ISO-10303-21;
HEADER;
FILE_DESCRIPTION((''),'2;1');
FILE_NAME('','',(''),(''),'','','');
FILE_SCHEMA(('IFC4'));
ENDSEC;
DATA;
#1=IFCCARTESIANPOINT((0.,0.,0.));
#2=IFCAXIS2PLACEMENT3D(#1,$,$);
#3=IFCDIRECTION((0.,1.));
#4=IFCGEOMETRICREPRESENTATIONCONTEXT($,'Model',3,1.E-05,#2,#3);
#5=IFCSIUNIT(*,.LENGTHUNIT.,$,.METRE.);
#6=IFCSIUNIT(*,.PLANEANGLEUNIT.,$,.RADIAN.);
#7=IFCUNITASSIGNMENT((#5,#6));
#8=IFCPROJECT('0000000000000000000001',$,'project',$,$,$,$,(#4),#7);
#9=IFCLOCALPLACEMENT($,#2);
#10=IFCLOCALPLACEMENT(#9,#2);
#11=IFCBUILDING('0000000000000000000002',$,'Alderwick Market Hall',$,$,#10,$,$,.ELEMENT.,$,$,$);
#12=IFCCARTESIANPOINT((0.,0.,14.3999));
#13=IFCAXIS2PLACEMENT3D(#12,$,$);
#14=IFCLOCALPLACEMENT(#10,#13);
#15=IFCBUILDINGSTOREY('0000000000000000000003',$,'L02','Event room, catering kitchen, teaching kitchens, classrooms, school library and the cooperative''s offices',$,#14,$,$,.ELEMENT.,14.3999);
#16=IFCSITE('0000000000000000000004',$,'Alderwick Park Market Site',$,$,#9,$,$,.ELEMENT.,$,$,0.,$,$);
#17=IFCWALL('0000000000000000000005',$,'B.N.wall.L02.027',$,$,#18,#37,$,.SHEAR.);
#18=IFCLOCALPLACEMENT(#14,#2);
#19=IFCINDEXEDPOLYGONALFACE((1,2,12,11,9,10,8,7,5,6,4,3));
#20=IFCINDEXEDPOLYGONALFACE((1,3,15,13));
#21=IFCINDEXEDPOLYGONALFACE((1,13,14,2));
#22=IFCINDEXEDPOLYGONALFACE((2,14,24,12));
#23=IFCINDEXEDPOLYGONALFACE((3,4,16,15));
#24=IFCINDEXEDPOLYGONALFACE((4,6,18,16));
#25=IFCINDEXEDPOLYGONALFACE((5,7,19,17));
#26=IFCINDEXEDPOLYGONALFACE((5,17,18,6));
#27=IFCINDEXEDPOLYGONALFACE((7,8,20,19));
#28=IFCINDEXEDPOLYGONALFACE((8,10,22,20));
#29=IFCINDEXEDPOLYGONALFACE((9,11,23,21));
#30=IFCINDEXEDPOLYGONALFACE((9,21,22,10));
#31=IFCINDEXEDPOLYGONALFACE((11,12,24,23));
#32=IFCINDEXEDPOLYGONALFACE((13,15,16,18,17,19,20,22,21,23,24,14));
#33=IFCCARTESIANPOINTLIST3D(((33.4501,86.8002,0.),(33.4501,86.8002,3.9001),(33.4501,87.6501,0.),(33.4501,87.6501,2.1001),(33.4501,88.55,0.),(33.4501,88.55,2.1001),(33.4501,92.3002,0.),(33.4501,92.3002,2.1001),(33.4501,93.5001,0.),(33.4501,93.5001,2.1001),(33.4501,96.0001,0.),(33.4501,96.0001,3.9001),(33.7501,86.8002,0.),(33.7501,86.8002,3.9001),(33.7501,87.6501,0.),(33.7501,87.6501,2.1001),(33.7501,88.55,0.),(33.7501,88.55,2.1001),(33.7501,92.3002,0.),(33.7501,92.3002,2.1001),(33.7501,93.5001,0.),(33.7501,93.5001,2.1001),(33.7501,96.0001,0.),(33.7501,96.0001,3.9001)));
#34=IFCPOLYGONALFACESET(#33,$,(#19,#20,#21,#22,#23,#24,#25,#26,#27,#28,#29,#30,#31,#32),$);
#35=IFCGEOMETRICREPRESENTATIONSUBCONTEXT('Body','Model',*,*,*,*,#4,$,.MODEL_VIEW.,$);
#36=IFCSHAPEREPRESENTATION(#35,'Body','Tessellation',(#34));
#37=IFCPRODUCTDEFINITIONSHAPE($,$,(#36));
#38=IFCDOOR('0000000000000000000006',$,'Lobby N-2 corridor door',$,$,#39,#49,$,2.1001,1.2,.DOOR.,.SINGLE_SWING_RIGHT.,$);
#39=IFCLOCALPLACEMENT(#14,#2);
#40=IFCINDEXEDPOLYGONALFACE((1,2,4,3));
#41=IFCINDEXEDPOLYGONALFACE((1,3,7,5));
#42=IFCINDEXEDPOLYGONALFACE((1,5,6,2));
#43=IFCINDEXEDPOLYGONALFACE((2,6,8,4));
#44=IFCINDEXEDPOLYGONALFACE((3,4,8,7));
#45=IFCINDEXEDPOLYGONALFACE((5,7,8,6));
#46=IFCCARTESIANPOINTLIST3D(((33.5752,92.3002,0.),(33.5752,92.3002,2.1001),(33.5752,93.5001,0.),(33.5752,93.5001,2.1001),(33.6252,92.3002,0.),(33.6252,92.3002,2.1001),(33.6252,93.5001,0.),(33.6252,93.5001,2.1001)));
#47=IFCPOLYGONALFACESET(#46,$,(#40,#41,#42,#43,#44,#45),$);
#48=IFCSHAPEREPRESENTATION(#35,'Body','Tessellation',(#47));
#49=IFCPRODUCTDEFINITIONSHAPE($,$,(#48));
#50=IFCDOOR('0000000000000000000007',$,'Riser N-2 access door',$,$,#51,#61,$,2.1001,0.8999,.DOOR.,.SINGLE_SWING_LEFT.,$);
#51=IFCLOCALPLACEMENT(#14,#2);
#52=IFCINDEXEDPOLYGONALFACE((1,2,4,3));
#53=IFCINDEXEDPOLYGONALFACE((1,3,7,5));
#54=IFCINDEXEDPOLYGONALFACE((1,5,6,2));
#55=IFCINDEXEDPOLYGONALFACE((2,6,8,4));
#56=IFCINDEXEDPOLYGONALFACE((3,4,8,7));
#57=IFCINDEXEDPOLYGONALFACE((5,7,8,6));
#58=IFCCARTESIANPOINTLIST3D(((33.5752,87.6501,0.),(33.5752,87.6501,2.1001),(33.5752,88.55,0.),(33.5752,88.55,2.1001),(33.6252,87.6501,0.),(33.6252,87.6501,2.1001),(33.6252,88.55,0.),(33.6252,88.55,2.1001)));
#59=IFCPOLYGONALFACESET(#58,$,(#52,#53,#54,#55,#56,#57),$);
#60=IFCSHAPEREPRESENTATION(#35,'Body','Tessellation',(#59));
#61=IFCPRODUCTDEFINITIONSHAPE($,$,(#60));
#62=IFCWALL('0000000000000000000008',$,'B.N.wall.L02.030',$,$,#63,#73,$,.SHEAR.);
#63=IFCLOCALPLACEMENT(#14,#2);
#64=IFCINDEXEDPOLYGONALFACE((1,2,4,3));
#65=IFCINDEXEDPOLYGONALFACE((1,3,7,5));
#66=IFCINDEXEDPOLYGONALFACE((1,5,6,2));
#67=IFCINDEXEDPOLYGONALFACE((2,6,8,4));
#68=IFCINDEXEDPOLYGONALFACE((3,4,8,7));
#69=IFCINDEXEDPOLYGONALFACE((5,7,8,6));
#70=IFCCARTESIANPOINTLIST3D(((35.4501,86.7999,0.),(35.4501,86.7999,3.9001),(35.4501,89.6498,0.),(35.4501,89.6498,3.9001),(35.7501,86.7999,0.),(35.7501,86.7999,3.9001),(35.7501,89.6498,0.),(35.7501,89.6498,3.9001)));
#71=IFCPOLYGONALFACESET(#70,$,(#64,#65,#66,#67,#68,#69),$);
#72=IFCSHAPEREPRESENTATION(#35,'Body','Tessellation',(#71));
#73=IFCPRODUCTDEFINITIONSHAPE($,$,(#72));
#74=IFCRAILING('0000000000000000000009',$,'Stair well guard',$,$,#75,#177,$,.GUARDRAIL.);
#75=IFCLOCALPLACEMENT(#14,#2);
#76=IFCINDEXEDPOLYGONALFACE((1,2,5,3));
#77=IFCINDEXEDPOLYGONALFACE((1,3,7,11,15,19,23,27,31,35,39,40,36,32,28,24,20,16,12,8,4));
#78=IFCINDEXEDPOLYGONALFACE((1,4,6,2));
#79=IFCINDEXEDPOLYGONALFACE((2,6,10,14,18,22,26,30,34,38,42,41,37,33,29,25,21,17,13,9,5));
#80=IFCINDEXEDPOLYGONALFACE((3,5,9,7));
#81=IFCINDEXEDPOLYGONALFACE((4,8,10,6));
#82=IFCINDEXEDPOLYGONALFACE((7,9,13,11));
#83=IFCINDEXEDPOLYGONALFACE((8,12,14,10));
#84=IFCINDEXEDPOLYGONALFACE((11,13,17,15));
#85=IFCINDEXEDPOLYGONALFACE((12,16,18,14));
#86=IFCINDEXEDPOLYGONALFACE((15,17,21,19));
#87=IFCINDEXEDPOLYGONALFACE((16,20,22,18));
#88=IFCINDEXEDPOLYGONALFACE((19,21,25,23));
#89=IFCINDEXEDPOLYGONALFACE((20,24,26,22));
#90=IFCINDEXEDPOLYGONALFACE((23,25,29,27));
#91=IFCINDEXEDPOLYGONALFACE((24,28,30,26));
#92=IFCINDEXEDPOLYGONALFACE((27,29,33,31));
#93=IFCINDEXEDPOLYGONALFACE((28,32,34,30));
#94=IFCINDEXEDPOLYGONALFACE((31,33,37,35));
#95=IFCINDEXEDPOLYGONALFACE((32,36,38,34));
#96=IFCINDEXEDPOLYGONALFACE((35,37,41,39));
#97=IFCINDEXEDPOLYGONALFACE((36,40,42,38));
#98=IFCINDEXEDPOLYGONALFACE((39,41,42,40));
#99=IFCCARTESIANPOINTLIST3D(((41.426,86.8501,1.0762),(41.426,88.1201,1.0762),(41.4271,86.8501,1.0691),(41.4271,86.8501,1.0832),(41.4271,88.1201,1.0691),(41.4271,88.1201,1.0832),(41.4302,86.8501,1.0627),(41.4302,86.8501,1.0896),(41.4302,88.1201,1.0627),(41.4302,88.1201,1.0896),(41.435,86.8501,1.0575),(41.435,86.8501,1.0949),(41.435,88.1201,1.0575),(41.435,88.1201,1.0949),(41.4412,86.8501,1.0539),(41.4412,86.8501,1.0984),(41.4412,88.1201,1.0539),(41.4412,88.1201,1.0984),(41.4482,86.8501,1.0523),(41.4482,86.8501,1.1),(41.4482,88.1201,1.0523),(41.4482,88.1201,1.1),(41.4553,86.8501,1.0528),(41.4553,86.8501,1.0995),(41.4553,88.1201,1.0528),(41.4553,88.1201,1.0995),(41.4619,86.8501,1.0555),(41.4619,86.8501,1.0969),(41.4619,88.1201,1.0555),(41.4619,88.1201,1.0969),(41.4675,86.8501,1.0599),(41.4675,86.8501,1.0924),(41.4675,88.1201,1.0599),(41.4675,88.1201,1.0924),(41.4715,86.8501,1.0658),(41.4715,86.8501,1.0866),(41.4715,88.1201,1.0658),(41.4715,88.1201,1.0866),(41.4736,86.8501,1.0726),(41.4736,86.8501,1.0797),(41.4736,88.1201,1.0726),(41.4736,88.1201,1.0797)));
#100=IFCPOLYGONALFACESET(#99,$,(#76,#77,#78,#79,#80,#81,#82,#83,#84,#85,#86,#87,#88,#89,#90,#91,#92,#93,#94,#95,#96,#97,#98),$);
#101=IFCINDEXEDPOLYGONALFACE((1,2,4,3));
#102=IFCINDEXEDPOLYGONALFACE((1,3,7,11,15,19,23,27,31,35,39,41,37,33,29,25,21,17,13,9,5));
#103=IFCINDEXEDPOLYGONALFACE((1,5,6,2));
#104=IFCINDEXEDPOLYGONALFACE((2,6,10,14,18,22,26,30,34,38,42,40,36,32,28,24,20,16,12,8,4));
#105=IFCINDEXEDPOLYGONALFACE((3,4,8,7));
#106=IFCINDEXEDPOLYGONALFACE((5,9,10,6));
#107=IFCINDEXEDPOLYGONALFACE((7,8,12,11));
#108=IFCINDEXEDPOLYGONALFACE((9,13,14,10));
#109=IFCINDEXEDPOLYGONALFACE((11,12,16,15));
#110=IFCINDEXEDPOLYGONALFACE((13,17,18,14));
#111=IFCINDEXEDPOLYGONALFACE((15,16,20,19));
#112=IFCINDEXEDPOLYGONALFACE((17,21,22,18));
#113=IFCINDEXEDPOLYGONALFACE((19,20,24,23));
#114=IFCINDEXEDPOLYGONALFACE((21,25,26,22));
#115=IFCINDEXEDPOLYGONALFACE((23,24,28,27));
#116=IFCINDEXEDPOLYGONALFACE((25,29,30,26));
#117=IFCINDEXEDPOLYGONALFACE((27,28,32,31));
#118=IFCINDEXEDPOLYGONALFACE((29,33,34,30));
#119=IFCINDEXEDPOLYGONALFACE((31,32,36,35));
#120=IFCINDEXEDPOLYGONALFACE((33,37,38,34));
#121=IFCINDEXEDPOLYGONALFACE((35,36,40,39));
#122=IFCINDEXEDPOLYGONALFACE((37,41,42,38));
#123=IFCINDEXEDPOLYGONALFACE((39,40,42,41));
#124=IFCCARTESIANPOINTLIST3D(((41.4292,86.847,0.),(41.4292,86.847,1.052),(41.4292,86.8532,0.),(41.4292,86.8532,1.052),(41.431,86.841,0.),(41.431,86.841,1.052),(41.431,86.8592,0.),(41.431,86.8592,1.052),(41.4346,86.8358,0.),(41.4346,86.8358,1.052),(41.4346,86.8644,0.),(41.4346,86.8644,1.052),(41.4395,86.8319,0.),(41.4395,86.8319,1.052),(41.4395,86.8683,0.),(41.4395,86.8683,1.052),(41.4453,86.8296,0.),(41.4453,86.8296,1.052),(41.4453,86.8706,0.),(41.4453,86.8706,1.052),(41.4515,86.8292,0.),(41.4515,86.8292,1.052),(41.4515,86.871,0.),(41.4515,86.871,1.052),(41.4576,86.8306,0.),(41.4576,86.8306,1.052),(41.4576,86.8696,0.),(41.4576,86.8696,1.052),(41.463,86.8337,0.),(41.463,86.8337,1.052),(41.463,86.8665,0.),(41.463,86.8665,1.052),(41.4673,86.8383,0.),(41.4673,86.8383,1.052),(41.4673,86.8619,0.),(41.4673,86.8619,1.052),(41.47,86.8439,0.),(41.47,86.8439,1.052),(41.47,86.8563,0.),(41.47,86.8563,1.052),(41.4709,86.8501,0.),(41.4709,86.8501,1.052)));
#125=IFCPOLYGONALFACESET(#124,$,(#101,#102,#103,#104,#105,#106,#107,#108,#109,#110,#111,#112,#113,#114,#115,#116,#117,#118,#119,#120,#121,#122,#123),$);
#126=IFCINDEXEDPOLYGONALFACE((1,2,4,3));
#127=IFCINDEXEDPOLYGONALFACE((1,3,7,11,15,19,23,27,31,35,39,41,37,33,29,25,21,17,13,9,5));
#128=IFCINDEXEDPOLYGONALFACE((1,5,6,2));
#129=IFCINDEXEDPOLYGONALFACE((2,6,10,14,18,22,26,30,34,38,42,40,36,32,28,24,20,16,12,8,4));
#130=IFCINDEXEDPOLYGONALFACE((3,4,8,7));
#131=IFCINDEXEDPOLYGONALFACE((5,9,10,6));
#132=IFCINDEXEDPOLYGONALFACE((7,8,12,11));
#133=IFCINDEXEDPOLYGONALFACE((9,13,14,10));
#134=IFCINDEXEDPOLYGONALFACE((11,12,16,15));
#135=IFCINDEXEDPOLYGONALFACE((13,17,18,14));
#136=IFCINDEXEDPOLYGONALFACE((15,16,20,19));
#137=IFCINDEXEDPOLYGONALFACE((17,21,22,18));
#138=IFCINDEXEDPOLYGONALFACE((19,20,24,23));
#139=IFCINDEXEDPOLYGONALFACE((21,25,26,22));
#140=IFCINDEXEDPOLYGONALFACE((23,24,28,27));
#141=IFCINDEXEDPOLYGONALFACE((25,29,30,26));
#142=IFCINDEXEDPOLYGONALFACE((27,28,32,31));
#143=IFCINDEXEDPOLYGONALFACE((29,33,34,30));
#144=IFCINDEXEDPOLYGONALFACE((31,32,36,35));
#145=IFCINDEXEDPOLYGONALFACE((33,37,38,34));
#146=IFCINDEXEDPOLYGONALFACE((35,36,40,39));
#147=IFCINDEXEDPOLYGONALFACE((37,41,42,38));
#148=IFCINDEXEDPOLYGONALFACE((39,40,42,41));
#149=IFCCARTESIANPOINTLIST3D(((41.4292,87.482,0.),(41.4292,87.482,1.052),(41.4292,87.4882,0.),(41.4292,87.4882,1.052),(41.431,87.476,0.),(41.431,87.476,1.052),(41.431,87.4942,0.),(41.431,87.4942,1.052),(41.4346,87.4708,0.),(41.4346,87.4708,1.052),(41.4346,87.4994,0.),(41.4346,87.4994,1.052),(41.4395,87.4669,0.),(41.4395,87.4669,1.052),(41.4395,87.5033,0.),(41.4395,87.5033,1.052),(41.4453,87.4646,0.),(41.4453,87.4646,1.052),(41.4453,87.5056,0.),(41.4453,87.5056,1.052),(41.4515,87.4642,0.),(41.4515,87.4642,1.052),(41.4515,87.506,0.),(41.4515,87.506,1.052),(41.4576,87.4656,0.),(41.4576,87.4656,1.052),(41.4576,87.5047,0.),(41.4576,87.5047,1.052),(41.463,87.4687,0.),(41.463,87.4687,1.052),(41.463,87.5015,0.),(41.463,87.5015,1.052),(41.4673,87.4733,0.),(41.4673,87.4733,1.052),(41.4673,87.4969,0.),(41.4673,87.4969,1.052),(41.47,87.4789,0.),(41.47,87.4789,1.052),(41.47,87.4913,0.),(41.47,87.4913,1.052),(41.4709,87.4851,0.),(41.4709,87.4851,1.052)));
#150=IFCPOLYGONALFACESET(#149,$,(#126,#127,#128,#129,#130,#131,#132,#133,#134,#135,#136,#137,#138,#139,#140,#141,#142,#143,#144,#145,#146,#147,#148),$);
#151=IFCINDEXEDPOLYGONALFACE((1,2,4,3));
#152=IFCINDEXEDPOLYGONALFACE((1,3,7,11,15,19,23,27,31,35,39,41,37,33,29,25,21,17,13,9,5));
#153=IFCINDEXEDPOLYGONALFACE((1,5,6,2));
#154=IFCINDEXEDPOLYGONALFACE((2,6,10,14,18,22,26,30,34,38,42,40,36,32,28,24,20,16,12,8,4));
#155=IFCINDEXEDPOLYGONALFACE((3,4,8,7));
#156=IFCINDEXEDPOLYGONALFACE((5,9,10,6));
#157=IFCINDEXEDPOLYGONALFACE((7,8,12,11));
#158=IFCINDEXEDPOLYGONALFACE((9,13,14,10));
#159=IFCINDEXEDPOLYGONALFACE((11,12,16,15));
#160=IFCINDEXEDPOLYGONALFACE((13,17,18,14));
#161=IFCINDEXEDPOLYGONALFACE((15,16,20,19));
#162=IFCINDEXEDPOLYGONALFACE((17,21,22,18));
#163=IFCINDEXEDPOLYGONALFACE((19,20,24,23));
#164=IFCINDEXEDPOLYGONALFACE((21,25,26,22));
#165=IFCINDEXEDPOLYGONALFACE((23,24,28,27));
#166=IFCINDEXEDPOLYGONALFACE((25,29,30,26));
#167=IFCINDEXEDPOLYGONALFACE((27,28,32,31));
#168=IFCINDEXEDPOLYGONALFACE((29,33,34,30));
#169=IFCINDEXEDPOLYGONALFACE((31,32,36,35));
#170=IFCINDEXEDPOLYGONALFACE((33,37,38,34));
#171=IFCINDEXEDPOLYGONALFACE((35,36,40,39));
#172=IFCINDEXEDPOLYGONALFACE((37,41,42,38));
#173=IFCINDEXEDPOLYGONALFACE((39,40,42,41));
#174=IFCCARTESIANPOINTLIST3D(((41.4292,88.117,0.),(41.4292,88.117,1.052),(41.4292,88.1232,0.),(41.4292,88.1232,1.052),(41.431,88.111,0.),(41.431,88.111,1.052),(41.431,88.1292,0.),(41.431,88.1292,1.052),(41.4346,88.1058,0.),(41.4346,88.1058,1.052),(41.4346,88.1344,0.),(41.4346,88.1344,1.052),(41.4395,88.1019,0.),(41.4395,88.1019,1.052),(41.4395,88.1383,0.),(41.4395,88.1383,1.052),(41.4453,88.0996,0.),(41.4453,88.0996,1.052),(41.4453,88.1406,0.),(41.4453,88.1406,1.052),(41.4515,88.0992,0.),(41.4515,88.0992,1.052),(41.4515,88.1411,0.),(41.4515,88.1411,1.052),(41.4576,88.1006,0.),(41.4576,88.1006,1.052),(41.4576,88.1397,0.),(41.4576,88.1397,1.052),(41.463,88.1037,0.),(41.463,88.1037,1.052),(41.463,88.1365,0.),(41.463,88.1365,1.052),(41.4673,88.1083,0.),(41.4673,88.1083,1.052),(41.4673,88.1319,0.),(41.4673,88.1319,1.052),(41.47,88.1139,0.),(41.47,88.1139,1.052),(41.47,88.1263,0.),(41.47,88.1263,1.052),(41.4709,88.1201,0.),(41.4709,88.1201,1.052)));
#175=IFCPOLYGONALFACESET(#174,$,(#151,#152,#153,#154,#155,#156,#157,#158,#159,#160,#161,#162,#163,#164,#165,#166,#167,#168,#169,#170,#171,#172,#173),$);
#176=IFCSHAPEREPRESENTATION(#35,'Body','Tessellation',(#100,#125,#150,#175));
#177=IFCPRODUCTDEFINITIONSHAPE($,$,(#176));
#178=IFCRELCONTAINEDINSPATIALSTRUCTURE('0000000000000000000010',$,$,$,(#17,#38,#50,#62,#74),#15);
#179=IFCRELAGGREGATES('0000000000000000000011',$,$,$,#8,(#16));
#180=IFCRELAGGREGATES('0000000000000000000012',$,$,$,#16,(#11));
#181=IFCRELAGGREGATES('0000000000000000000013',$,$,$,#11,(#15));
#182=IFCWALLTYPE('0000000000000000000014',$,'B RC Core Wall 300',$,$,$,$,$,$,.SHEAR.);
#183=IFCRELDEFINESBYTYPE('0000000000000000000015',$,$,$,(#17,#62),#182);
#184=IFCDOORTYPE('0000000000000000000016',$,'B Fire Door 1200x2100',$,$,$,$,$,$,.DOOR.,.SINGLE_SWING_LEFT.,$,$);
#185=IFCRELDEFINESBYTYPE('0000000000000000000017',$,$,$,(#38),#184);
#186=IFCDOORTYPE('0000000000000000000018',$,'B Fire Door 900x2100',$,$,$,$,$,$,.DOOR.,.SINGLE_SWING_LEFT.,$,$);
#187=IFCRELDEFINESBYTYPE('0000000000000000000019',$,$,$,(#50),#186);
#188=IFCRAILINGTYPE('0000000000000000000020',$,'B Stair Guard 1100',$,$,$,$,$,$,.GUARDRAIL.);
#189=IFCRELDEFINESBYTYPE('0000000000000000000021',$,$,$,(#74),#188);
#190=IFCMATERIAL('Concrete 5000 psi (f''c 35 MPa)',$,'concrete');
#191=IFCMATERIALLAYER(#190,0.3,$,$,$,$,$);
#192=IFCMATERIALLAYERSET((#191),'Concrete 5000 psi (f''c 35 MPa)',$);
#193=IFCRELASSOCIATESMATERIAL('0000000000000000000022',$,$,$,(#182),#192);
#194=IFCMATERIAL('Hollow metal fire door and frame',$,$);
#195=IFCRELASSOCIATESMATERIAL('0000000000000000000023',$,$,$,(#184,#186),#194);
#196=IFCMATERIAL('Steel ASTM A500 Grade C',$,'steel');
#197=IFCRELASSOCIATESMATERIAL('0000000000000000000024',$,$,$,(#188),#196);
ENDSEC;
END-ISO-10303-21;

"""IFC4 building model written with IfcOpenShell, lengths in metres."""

from ifc_helpers import new_model, si_unit, direction, frame, frame_2d, origin, origin_2d, place, context, subcontext, project, spatial, rectangle, circle, extrude, material, layer, layer_set, type_object, element, fill, save


model = new_model("IFC4")

# Units and contexts
model_context = context("Model", 3, precision=1e-05, world=origin(), true_north=direction((0.0, 1.0)))
body_context = subcontext(model_context, "Body", "Model", "MODEL_VIEW")
ifc_project = project(units=[si_unit("LENGTHUNIT", "METRE"), si_unit("PLANEANGLEUNIT", "RADIAN")], contexts=[model_context])

# Site, building, storey
site_placement = place(None, origin())
site = spatial("IfcSite", under=ifc_project, at=site_placement, Name="Alderwick Park Market Site", CompositionType="ELEMENT", RefElevation=0.0)
building_placement = place(site_placement, origin())
building = spatial("IfcBuilding", under=site, at=building_placement, Name="Alderwick Market Hall", CompositionType="ELEMENT")
storey_placement = place(building_placement, frame((0.0, 0.0, 14.3999)))
storey = spatial("IfcBuildingStorey", under=building, at=storey_placement, Name="L02", Description="Event room, catering kitchen, teaching kitchens, classrooms, school library and the cooperative's offices", CompositionType="ELEMENT", Elevation=14.3999)

# Shared definitions
ifc_material_1 = material(Name="Concrete 5000 psi (f'c 35 MPa)", Category="concrete")

# Wall, openings, doors
ifc_layer_1 = layer(ifc_material_1, 0.3)
ifc_layer_set_1 = layer_set([ifc_layer_1], Name="Concrete 5000 psi (f'c 35 MPa)")
wall_type_1 = type_object("IfcWallType", Name="B RC Core Wall 300", PredefinedType="SHEAR", material=ifc_layer_set_1)
wall_1_placement = place(storey_placement, frame((33.6001, 86.8, 0.0), z_axis=(0.0, 0.0, 1.0), x_axis=(0.0, 1.0, 0.0)))
wall_1 = element("IfcWall", 1, at=wall_1_placement, inside=storey, type_object=wall_type_1, Name="B.N.wall.L02.027", PredefinedType="SHEAR", context=body_context, shape_type="SweptSolid", body=[
    extrude(rectangle(XDim=9.2, YDim=0.3, at=frame_2d((4.6001, 0.0))), origin(), (0.0, 0.0, 1.0), 3.9001),
])
opening_1_placement = place(wall_1_placement, frame((5.5, 0.0, 0.0)))
opening_1 = element("IfcOpeningElement", 2, at=opening_1_placement, cuts=wall_1, PredefinedType="OPENING", context=body_context, shape_type="SweptSolid", body=[
    extrude(rectangle(XDim=1.2, YDim=2.1001, at=frame_2d((0.6001, 1.05))), frame((0.0, 0.1599, 0.0), z_axis=(0.0, -1.0, 0.0), x_axis=(1.0, 0.0, 0.0)), (0.0, 0.0, 1.0), 0.3201),
])
opening_2_placement = place(wall_1_placement, frame((0.8501, 0.0, 0.0)))
opening_2 = element("IfcOpeningElement", 3, at=opening_2_placement, cuts=wall_1, PredefinedType="OPENING", context=body_context, shape_type="SweptSolid", body=[
    extrude(rectangle(XDim=0.8999, YDim=2.1001, at=frame_2d((0.45, 1.05))), frame((0.0, 0.1599, 0.0), z_axis=(0.0, -1.0, 0.0), x_axis=(1.0, 0.0, 0.0)), (0.0, 0.0, 1.0), 0.3201),
])
ifc_material_2 = material(Name="Hollow metal fire door and frame")
door_type_1 = type_object("IfcDoorType", Name="B Fire Door 1200x2100", OperationType="SINGLE_SWING_LEFT", PredefinedType="DOOR", material=ifc_material_2)
door_1_placement = place(opening_1_placement, origin())
door_1 = element("IfcDoor", 4, at=door_1_placement, inside=storey, type_object=door_type_1, Name="Lobby N-2 corridor door", OperationType="SINGLE_SWING_RIGHT", OverallHeight=2.1001, OverallWidth=1.2, PredefinedType="DOOR", context=body_context, shape_type="SweptSolid", body=[
    extrude(rectangle(XDim=1.2, YDim=2.1001, at=frame_2d((0.6001, 1.05))), frame((0.0, 0.0249, 0.0), z_axis=(0.0, -1.0, 0.0), x_axis=(1.0, 0.0, 0.0)), (0.0, 0.0, 1.0), 0.05),
])
fill(opening_1, door_1)
door_type_2 = type_object("IfcDoorType", Name="B Fire Door 900x2100", OperationType="SINGLE_SWING_LEFT", PredefinedType="DOOR", material=ifc_material_2)
door_2_placement = place(opening_2_placement, origin())
door_2 = element("IfcDoor", 5, at=door_2_placement, inside=storey, type_object=door_type_2, Name="Riser N-2 access door", OperationType="SINGLE_SWING_LEFT", OverallHeight=2.1001, OverallWidth=0.8999, PredefinedType="DOOR", context=body_context, shape_type="SweptSolid", body=[
    extrude(rectangle(XDim=0.8999, YDim=2.1001, at=frame_2d((0.45, 1.05))), frame((0.0, 0.0249, 0.0), z_axis=(0.0, -1.0, 0.0), x_axis=(1.0, 0.0, 0.0)), (0.0, 0.0, 1.0), 0.05),
])
fill(opening_2, door_2)

# Wall
wall_2_placement = place(storey_placement, frame((35.6001, 86.8, 0.0), z_axis=(0.0, 0.0, 1.0), x_axis=(0.0, 1.0, 0.0)))
element("IfcWall", 6, at=wall_2_placement, inside=storey, type_object=wall_type_1, Name="B.N.wall.L02.030", PredefinedType="SHEAR", context=body_context, shape_type="SweptSolid", body=[
    extrude(rectangle(XDim=2.8499, YDim=0.3, at=frame_2d((1.4248, 0.0))), origin(), (0.0, 0.0, 1.0), 3.9001),
])

# Railing
ifc_material_3 = material(Name="Steel ASTM A500 Grade C", Category="steel")
railing_type = type_object("IfcRailingType", Name="B Stair Guard 1100", PredefinedType="GUARDRAIL", material=ifc_material_3)
railing_placement = place(storey_placement, frame((41.45, 86.8501, 0.0)))
element("IfcRailing", 7, at=railing_placement, inside=storey, type_object=railing_type, Name="Stair well guard", PredefinedType="GUARDRAIL", context=body_context, shape_type="SweptSolid", body=[
    extrude(circle(Radius=0.0239, at=origin_2d()), frame((0.0, 0.0, 1.0762), z_axis=(0.0, 1.0, 0.0), x_axis=(-1.0, 0.0, 0.0)), (0.0, 0.0, 1.0), 1.27),
    extrude(circle(Radius=0.021, at=origin_2d()), origin(), (0.0, 0.0, 1.0), 1.052),
    extrude(circle(Radius=0.021, at=origin_2d()), frame((0.0, 0.635, 0.0)), (0.0, 0.0, 1.0), 1.052),
    extrude(circle(Radius=0.021, at=origin_2d()), frame((0.0, 1.27, 0.0)), (0.0, 0.0, 1.0), 1.052),
])

save(model, "model.ifc")
